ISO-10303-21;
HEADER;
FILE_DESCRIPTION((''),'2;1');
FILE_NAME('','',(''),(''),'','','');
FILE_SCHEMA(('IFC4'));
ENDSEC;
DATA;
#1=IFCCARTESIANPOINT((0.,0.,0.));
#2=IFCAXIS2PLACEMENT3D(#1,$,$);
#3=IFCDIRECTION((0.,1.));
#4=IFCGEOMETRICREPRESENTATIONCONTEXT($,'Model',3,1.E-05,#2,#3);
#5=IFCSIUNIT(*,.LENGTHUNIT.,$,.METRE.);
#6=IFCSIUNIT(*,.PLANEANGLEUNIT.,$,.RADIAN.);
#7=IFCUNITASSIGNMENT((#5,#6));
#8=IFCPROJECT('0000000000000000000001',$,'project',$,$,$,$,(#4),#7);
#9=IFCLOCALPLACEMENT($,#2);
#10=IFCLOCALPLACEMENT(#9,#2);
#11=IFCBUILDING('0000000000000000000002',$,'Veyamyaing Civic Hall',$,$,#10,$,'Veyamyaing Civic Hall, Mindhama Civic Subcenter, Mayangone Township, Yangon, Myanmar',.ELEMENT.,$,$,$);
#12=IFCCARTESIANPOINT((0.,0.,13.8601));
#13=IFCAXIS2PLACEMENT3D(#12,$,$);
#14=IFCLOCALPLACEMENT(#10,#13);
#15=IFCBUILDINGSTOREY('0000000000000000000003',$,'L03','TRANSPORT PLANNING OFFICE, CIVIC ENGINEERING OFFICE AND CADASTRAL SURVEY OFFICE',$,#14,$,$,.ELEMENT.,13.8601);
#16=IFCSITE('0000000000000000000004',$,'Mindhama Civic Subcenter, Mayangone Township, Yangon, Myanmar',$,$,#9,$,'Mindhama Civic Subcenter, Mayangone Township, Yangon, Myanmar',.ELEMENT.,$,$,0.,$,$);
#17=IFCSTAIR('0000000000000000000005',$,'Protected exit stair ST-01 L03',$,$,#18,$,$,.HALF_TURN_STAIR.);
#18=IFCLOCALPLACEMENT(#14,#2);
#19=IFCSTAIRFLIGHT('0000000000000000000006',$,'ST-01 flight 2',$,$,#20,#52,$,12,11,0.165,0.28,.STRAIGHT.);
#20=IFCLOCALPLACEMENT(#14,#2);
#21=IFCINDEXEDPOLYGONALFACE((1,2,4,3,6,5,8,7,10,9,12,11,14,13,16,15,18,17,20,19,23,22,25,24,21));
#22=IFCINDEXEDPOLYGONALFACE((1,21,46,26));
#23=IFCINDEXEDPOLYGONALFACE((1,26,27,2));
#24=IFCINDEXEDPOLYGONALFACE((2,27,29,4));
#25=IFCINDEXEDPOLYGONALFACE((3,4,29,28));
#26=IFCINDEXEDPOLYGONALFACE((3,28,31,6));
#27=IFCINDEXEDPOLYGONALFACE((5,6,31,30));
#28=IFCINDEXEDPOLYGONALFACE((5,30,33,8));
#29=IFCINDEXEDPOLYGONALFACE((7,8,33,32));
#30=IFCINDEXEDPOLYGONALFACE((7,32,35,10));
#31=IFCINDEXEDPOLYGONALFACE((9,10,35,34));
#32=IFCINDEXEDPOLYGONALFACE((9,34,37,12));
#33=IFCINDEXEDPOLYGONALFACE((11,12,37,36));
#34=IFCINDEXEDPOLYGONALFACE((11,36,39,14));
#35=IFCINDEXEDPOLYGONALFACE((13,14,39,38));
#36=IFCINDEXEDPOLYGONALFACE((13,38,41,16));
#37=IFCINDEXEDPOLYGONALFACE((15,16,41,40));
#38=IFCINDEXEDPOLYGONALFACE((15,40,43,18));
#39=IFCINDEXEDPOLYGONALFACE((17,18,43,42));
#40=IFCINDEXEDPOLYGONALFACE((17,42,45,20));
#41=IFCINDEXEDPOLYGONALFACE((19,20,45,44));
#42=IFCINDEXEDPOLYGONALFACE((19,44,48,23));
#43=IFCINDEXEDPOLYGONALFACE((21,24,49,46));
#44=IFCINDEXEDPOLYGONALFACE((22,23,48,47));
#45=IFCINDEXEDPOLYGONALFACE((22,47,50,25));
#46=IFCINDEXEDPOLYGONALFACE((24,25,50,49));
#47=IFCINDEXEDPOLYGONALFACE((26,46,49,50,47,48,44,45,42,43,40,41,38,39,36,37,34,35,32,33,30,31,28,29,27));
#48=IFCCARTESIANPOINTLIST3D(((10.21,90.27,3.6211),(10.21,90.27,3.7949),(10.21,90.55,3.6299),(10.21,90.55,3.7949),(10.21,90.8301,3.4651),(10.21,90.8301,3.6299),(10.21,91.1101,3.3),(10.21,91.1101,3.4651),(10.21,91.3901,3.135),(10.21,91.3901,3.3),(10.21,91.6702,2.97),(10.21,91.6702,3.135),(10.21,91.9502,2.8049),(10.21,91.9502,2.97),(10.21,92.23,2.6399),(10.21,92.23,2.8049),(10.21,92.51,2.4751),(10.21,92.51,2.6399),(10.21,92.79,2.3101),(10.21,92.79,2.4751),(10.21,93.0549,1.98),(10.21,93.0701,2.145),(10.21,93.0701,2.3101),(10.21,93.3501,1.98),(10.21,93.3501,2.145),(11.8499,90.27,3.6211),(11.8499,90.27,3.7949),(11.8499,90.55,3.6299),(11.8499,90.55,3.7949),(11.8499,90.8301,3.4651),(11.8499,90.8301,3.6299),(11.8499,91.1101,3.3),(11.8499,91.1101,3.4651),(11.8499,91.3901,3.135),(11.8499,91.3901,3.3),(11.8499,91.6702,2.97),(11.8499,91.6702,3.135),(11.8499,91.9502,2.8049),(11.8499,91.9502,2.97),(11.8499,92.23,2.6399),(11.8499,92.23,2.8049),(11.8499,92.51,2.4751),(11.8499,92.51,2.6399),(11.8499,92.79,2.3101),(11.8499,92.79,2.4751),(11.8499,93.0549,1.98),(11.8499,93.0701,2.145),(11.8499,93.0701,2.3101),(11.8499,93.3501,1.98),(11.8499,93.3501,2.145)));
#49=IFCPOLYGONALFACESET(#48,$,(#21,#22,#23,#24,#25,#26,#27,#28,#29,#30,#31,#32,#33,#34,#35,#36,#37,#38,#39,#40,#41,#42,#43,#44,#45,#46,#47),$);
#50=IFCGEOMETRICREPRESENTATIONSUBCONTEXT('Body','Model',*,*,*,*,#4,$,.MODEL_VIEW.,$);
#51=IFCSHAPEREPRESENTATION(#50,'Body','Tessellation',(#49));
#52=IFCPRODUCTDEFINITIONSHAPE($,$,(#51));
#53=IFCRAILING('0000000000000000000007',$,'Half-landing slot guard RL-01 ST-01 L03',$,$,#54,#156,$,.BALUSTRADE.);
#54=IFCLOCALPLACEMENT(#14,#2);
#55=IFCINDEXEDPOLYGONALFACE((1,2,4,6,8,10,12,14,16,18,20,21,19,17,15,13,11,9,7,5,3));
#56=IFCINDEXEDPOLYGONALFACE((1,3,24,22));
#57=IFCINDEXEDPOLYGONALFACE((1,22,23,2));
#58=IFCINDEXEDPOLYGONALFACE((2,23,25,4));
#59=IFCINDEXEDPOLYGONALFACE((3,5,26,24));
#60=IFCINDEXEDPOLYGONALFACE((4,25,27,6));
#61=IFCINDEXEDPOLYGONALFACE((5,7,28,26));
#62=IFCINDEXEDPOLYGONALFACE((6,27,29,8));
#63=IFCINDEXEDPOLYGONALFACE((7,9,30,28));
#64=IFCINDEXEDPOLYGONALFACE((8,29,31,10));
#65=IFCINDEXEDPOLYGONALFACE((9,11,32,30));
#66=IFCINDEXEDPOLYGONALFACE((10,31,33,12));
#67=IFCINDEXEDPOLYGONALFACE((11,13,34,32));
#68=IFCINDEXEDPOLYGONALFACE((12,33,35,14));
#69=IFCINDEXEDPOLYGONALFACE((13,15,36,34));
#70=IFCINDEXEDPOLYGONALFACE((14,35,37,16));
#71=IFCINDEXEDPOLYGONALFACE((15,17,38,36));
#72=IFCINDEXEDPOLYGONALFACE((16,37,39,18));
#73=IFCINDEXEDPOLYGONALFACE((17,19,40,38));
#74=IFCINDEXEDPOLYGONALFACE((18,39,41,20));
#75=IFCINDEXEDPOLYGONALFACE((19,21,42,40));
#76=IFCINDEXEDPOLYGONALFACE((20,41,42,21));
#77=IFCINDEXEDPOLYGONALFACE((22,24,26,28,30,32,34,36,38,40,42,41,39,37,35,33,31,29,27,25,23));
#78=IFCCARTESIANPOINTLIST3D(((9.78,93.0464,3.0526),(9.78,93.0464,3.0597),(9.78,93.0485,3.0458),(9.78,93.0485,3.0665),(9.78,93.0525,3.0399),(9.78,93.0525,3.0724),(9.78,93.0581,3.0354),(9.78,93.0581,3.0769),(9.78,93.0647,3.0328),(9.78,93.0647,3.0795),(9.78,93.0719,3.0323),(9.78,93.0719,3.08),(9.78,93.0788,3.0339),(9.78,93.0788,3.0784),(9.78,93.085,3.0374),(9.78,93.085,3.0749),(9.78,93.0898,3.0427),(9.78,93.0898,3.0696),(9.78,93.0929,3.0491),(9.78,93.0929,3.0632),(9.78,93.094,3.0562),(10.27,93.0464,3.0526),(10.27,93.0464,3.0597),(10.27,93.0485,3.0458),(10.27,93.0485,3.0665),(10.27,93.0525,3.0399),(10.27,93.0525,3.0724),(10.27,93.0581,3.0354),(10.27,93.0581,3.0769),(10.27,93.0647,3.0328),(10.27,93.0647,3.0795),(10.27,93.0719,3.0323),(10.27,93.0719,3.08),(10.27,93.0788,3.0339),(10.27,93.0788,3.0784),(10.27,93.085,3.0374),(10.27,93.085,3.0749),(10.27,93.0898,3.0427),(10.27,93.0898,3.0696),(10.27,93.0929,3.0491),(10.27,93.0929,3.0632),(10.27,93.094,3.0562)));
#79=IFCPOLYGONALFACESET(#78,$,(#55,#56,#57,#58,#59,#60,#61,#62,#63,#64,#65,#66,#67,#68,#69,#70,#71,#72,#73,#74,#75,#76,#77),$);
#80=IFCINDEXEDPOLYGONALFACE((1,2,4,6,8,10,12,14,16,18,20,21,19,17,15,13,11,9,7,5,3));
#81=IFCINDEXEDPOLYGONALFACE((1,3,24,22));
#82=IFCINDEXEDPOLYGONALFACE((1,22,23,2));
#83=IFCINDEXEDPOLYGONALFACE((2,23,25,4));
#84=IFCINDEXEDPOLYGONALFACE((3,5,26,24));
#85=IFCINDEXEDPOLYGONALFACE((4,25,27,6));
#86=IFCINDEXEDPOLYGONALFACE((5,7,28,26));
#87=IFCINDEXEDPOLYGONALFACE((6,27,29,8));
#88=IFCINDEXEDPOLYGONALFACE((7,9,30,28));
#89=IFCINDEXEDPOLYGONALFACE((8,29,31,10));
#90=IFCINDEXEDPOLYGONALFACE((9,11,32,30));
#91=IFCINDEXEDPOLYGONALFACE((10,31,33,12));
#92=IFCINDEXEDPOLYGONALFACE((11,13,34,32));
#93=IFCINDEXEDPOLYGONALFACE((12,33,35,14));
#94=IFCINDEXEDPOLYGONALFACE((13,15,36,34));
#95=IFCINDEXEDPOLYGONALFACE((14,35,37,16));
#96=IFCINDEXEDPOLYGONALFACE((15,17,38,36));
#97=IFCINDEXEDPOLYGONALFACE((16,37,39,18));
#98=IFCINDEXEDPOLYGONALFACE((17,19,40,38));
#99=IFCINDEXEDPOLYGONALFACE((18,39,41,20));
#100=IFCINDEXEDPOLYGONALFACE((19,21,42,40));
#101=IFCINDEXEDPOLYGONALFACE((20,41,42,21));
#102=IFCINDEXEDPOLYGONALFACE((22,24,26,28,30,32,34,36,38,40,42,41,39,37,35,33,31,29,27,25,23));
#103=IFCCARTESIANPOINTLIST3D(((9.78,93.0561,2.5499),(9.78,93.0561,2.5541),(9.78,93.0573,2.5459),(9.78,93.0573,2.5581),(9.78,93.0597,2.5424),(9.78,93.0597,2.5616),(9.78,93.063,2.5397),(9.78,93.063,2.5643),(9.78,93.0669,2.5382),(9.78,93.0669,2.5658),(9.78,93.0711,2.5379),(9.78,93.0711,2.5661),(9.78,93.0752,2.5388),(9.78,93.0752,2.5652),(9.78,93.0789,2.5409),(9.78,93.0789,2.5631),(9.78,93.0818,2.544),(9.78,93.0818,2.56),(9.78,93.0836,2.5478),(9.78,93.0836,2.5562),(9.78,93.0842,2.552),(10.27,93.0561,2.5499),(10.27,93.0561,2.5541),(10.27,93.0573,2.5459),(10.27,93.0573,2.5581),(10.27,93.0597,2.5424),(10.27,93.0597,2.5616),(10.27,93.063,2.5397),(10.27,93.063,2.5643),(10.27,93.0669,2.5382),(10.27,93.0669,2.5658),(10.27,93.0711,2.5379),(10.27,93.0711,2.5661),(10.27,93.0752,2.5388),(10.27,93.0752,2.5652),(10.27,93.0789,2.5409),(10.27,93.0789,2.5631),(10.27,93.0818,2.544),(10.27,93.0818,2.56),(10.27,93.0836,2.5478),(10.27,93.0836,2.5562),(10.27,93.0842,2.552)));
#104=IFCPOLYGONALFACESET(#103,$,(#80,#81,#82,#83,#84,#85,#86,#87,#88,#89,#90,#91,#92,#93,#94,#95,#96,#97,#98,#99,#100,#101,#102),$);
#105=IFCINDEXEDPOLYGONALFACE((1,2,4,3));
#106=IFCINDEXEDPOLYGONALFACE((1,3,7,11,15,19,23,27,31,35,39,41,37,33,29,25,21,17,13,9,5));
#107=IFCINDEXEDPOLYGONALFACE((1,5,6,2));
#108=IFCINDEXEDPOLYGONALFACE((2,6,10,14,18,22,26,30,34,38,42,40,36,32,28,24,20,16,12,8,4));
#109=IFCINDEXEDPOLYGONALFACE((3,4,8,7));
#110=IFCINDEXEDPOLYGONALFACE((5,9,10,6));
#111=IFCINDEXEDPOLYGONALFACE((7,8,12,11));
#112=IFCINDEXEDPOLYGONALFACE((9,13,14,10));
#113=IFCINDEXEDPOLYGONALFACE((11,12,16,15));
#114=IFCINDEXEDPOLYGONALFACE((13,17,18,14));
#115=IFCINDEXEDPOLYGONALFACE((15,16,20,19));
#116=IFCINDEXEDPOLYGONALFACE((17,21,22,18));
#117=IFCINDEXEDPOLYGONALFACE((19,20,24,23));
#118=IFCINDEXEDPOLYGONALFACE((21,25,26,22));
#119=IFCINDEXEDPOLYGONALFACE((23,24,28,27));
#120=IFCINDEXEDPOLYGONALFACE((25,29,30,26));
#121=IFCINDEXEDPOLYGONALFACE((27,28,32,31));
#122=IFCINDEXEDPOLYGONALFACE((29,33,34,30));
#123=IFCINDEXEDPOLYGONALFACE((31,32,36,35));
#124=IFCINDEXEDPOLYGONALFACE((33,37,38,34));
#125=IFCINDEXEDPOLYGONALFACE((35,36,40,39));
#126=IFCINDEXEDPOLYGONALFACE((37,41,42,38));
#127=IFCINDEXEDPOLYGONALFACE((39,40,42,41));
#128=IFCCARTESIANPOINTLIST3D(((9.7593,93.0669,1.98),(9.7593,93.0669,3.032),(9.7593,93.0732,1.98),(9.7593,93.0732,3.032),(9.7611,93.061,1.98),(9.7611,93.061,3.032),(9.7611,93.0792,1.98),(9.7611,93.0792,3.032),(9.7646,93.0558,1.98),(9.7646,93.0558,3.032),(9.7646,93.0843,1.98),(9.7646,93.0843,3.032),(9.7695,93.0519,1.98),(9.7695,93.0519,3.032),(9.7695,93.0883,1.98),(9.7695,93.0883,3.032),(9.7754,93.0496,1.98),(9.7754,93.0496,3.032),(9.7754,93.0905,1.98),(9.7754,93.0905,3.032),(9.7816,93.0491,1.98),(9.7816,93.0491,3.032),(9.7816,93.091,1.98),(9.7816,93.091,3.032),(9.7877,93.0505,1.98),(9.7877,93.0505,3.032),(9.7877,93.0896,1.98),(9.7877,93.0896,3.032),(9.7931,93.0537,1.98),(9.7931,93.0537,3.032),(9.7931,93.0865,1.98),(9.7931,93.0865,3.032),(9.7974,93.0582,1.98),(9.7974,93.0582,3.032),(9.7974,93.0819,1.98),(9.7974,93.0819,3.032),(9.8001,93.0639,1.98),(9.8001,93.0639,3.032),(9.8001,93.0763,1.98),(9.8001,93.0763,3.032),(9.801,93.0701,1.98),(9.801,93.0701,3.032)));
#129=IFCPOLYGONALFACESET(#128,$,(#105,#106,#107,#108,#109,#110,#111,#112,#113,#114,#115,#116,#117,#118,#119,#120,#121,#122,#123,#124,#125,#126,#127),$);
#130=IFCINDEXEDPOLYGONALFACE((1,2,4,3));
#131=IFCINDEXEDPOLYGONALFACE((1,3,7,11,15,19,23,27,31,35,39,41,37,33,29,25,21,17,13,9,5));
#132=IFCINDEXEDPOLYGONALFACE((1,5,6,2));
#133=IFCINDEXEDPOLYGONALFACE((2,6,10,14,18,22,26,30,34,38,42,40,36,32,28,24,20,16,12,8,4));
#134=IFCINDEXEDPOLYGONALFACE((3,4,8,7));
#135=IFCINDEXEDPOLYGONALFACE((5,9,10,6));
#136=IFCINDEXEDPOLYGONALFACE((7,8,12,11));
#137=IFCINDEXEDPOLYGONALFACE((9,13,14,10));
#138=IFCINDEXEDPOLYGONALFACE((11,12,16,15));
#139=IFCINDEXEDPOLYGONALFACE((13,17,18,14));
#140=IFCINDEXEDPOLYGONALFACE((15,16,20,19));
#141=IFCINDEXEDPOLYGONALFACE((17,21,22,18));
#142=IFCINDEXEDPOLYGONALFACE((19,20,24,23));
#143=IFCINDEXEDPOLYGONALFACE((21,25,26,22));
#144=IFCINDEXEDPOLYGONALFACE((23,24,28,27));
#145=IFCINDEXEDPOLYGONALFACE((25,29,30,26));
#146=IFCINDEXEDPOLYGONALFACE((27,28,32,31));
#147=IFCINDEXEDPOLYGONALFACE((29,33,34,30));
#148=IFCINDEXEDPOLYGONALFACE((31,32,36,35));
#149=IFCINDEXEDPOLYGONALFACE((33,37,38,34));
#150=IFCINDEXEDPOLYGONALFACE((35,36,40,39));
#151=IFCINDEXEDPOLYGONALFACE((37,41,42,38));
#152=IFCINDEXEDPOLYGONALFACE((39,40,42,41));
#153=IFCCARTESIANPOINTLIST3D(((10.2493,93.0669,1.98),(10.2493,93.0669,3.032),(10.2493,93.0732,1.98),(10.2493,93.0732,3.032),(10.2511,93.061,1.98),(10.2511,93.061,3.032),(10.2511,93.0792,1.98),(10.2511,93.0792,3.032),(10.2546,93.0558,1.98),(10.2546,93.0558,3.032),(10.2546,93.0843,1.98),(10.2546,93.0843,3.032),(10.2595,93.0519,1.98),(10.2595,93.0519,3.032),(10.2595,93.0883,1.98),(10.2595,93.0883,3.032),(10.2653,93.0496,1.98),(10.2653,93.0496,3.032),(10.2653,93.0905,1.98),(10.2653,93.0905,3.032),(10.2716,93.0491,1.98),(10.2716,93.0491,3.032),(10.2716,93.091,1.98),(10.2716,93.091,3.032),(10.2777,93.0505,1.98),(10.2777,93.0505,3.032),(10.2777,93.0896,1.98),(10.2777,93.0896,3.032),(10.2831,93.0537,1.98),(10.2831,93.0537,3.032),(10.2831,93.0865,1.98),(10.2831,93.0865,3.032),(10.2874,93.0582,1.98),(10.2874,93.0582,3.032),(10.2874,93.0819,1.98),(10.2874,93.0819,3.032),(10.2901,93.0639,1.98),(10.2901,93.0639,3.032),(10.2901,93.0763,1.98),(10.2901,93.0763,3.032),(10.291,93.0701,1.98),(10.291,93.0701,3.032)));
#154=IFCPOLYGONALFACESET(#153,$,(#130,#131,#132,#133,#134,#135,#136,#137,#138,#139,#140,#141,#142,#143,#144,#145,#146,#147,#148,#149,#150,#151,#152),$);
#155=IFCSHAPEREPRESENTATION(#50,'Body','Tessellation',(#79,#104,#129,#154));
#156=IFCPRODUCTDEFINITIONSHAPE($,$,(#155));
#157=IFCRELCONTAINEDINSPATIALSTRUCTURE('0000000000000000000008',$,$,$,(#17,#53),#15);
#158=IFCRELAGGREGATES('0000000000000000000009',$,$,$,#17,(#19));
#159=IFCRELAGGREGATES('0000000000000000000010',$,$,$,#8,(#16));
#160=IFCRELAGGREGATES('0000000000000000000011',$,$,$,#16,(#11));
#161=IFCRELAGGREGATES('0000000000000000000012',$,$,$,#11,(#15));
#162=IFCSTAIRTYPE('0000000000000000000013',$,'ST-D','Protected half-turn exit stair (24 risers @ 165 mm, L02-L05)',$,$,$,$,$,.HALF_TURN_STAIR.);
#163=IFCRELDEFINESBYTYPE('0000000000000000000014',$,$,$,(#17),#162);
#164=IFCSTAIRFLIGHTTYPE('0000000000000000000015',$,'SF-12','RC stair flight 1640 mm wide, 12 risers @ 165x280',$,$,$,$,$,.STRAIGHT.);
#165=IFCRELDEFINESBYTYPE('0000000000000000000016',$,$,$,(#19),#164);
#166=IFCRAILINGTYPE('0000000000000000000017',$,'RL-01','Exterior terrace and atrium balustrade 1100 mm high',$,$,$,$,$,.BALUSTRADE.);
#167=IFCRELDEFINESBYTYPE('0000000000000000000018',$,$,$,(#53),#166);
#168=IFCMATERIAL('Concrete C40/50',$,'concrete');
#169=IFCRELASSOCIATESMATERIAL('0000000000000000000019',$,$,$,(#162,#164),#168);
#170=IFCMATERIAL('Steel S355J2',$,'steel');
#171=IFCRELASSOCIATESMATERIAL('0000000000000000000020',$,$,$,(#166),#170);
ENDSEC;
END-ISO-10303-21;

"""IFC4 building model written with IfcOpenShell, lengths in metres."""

from ifc_helpers import new_model, si_unit, direction, frame, origin, origin_2d, place, context, subcontext, project, spatial, polyline, circle, outline, extrude, material, type_object, element, aggregate, save


model = new_model("IFC4")

# Units and contexts
model_context = context("Model", 3, precision=1e-05, world=origin(), true_north=direction((0.0, 1.0)))
body_context = subcontext(model_context, "Body", "Model", "MODEL_VIEW")
ifc_project = project(units=[si_unit("LENGTHUNIT", "METRE"), si_unit("PLANEANGLEUNIT", "RADIAN")], contexts=[model_context])

# Site, building, storey
site_placement = place(None, origin())
site = spatial("IfcSite", under=ifc_project, at=site_placement, Name="Mindhama Civic Subcenter, Mayangone Township, Yangon, Myanmar", LongName="Mindhama Civic Subcenter, Mayangone Township, Yangon, Myanmar", CompositionType="ELEMENT", RefElevation=0.0)
building_placement = place(site_placement, origin())
building = spatial("IfcBuilding", under=site, at=building_placement, Name="Veyamyaing Civic Hall", LongName="Veyamyaing Civic Hall, Mindhama Civic Subcenter, Mayangone Township, Yangon, Myanmar", CompositionType="ELEMENT")
storey_placement = place(building_placement, frame((0.0, 0.0, 13.8601)))
storey = spatial("IfcBuildingStorey", under=building, at=storey_placement, Name="L03", Description="TRANSPORT PLANNING OFFICE, CIVIC ENGINEERING OFFICE AND CADASTRAL SURVEY OFFICE", CompositionType="ELEMENT", Elevation=13.8601)

# Shared definitions
ifc_material_1 = material(Name="Concrete C40/50", Category="concrete")

# Stair, stair flight
stair_type = type_object("IfcStairType", Name="ST-D", Description="Protected half-turn exit stair (24 risers @ 165 mm, L02-L05)", PredefinedType="HALF_TURN_STAIR", material=ifc_material_1)
stair_placement = place(storey_placement, origin())
stair = element("IfcStair", 1, at=stair_placement, inside=storey, type_object=stair_type, Name="Protected exit stair ST-01 L03", PredefinedType="HALF_TURN_STAIR")
stair_flight_type = type_object("IfcStairFlightType", Name="SF-12", Description="RC stair flight 1640 mm wide, 12 risers @ 165x280", PredefinedType="STRAIGHT", material=ifc_material_1)
stair_flight_placement = place(storey_placement, frame((11.03, 93.3501, 1.98), z_axis=(0.0, 0.0, 1.0), x_axis=(0.0, -1.0, 0.0)))
stair_flight = element("IfcStairFlight", 2, at=stair_flight_placement, type_object=stair_flight_type, Name="ST-01 flight 2", NumberOfRisers=12, NumberOfTreads=11, PredefinedType="STRAIGHT", RiserHeight=0.165, TreadLength=0.28, context=body_context, shape_type="SweptSolid", body=[
    extrude(outline(polyline([(0.0, 0.0), (0.0, 0.165), (0.28, 0.165), (0.28, 0.3301), (0.5601, 0.3301), (0.5601, 0.4951), (0.8401, 0.4951), (0.8401, 0.6599), (1.1201, 0.6599), (1.1201, 0.825), (1.3999, 0.825), (1.3999, 0.99), (1.6799, 0.99), (1.6799, 1.155), (1.96, 1.155), (1.96, 1.3201), (2.24, 1.3201), (2.24, 1.4851), (2.52, 1.4851), (2.52, 1.6499), (2.8, 1.6499), (2.8, 1.8149), (3.0801, 1.8149), (3.0801, 1.98), (3.0801, 1.6411), (0.2952, 0.0), (0.0, 0.0)])), frame((0.0, 0.8198, 0.0), z_axis=(0.0, -1.0, 0.0), x_axis=(1.0, 0.0, 0.0)), (0.0, 0.0, 1.0), 1.6399),
])
aggregate(stair, [stair_flight])

# Railing
ifc_material_2 = material(Name="Steel S355J2", Category="steel")
railing_type_1 = type_object("IfcRailingType", Name="RL-01", Description="Exterior terrace and atrium balustrade 1100 mm high", PredefinedType="BALUSTRADE", material=ifc_material_2)
railing_1_placement = place(storey_placement, frame((9.78, 93.0701, 1.98)))
element("IfcRailing", 3, at=railing_1_placement, inside=storey, type_object=railing_type_1, Name="Half-landing slot guard RL-01 ST-01 L03", PredefinedType="BALUSTRADE", context=body_context, shape_type="SweptSolid", body=[
    extrude(circle(Radius=0.0239, at=origin_2d()), frame((0.0, 0.0, 1.0762), z_axis=(1.0, 0.0, 0.0), x_axis=(0.0, 1.0, 0.0)), (0.0, 0.0, 1.0), 0.49),
    extrude(circle(Radius=0.0142, at=origin_2d()), frame((0.0, 0.0, 0.572), z_axis=(1.0, 0.0, 0.0), x_axis=(0.0, 1.0, 0.0)), (0.0, 0.0, 1.0), 0.49),
    extrude(circle(Radius=0.021, at=origin_2d()), origin(), (0.0, 0.0, 1.0), 1.052),
    extrude(circle(Radius=0.021, at=origin_2d()), frame((0.49, 0.0, 0.0)), (0.0, 0.0, 1.0), 1.052),
])

save(model, "model.ifc")
